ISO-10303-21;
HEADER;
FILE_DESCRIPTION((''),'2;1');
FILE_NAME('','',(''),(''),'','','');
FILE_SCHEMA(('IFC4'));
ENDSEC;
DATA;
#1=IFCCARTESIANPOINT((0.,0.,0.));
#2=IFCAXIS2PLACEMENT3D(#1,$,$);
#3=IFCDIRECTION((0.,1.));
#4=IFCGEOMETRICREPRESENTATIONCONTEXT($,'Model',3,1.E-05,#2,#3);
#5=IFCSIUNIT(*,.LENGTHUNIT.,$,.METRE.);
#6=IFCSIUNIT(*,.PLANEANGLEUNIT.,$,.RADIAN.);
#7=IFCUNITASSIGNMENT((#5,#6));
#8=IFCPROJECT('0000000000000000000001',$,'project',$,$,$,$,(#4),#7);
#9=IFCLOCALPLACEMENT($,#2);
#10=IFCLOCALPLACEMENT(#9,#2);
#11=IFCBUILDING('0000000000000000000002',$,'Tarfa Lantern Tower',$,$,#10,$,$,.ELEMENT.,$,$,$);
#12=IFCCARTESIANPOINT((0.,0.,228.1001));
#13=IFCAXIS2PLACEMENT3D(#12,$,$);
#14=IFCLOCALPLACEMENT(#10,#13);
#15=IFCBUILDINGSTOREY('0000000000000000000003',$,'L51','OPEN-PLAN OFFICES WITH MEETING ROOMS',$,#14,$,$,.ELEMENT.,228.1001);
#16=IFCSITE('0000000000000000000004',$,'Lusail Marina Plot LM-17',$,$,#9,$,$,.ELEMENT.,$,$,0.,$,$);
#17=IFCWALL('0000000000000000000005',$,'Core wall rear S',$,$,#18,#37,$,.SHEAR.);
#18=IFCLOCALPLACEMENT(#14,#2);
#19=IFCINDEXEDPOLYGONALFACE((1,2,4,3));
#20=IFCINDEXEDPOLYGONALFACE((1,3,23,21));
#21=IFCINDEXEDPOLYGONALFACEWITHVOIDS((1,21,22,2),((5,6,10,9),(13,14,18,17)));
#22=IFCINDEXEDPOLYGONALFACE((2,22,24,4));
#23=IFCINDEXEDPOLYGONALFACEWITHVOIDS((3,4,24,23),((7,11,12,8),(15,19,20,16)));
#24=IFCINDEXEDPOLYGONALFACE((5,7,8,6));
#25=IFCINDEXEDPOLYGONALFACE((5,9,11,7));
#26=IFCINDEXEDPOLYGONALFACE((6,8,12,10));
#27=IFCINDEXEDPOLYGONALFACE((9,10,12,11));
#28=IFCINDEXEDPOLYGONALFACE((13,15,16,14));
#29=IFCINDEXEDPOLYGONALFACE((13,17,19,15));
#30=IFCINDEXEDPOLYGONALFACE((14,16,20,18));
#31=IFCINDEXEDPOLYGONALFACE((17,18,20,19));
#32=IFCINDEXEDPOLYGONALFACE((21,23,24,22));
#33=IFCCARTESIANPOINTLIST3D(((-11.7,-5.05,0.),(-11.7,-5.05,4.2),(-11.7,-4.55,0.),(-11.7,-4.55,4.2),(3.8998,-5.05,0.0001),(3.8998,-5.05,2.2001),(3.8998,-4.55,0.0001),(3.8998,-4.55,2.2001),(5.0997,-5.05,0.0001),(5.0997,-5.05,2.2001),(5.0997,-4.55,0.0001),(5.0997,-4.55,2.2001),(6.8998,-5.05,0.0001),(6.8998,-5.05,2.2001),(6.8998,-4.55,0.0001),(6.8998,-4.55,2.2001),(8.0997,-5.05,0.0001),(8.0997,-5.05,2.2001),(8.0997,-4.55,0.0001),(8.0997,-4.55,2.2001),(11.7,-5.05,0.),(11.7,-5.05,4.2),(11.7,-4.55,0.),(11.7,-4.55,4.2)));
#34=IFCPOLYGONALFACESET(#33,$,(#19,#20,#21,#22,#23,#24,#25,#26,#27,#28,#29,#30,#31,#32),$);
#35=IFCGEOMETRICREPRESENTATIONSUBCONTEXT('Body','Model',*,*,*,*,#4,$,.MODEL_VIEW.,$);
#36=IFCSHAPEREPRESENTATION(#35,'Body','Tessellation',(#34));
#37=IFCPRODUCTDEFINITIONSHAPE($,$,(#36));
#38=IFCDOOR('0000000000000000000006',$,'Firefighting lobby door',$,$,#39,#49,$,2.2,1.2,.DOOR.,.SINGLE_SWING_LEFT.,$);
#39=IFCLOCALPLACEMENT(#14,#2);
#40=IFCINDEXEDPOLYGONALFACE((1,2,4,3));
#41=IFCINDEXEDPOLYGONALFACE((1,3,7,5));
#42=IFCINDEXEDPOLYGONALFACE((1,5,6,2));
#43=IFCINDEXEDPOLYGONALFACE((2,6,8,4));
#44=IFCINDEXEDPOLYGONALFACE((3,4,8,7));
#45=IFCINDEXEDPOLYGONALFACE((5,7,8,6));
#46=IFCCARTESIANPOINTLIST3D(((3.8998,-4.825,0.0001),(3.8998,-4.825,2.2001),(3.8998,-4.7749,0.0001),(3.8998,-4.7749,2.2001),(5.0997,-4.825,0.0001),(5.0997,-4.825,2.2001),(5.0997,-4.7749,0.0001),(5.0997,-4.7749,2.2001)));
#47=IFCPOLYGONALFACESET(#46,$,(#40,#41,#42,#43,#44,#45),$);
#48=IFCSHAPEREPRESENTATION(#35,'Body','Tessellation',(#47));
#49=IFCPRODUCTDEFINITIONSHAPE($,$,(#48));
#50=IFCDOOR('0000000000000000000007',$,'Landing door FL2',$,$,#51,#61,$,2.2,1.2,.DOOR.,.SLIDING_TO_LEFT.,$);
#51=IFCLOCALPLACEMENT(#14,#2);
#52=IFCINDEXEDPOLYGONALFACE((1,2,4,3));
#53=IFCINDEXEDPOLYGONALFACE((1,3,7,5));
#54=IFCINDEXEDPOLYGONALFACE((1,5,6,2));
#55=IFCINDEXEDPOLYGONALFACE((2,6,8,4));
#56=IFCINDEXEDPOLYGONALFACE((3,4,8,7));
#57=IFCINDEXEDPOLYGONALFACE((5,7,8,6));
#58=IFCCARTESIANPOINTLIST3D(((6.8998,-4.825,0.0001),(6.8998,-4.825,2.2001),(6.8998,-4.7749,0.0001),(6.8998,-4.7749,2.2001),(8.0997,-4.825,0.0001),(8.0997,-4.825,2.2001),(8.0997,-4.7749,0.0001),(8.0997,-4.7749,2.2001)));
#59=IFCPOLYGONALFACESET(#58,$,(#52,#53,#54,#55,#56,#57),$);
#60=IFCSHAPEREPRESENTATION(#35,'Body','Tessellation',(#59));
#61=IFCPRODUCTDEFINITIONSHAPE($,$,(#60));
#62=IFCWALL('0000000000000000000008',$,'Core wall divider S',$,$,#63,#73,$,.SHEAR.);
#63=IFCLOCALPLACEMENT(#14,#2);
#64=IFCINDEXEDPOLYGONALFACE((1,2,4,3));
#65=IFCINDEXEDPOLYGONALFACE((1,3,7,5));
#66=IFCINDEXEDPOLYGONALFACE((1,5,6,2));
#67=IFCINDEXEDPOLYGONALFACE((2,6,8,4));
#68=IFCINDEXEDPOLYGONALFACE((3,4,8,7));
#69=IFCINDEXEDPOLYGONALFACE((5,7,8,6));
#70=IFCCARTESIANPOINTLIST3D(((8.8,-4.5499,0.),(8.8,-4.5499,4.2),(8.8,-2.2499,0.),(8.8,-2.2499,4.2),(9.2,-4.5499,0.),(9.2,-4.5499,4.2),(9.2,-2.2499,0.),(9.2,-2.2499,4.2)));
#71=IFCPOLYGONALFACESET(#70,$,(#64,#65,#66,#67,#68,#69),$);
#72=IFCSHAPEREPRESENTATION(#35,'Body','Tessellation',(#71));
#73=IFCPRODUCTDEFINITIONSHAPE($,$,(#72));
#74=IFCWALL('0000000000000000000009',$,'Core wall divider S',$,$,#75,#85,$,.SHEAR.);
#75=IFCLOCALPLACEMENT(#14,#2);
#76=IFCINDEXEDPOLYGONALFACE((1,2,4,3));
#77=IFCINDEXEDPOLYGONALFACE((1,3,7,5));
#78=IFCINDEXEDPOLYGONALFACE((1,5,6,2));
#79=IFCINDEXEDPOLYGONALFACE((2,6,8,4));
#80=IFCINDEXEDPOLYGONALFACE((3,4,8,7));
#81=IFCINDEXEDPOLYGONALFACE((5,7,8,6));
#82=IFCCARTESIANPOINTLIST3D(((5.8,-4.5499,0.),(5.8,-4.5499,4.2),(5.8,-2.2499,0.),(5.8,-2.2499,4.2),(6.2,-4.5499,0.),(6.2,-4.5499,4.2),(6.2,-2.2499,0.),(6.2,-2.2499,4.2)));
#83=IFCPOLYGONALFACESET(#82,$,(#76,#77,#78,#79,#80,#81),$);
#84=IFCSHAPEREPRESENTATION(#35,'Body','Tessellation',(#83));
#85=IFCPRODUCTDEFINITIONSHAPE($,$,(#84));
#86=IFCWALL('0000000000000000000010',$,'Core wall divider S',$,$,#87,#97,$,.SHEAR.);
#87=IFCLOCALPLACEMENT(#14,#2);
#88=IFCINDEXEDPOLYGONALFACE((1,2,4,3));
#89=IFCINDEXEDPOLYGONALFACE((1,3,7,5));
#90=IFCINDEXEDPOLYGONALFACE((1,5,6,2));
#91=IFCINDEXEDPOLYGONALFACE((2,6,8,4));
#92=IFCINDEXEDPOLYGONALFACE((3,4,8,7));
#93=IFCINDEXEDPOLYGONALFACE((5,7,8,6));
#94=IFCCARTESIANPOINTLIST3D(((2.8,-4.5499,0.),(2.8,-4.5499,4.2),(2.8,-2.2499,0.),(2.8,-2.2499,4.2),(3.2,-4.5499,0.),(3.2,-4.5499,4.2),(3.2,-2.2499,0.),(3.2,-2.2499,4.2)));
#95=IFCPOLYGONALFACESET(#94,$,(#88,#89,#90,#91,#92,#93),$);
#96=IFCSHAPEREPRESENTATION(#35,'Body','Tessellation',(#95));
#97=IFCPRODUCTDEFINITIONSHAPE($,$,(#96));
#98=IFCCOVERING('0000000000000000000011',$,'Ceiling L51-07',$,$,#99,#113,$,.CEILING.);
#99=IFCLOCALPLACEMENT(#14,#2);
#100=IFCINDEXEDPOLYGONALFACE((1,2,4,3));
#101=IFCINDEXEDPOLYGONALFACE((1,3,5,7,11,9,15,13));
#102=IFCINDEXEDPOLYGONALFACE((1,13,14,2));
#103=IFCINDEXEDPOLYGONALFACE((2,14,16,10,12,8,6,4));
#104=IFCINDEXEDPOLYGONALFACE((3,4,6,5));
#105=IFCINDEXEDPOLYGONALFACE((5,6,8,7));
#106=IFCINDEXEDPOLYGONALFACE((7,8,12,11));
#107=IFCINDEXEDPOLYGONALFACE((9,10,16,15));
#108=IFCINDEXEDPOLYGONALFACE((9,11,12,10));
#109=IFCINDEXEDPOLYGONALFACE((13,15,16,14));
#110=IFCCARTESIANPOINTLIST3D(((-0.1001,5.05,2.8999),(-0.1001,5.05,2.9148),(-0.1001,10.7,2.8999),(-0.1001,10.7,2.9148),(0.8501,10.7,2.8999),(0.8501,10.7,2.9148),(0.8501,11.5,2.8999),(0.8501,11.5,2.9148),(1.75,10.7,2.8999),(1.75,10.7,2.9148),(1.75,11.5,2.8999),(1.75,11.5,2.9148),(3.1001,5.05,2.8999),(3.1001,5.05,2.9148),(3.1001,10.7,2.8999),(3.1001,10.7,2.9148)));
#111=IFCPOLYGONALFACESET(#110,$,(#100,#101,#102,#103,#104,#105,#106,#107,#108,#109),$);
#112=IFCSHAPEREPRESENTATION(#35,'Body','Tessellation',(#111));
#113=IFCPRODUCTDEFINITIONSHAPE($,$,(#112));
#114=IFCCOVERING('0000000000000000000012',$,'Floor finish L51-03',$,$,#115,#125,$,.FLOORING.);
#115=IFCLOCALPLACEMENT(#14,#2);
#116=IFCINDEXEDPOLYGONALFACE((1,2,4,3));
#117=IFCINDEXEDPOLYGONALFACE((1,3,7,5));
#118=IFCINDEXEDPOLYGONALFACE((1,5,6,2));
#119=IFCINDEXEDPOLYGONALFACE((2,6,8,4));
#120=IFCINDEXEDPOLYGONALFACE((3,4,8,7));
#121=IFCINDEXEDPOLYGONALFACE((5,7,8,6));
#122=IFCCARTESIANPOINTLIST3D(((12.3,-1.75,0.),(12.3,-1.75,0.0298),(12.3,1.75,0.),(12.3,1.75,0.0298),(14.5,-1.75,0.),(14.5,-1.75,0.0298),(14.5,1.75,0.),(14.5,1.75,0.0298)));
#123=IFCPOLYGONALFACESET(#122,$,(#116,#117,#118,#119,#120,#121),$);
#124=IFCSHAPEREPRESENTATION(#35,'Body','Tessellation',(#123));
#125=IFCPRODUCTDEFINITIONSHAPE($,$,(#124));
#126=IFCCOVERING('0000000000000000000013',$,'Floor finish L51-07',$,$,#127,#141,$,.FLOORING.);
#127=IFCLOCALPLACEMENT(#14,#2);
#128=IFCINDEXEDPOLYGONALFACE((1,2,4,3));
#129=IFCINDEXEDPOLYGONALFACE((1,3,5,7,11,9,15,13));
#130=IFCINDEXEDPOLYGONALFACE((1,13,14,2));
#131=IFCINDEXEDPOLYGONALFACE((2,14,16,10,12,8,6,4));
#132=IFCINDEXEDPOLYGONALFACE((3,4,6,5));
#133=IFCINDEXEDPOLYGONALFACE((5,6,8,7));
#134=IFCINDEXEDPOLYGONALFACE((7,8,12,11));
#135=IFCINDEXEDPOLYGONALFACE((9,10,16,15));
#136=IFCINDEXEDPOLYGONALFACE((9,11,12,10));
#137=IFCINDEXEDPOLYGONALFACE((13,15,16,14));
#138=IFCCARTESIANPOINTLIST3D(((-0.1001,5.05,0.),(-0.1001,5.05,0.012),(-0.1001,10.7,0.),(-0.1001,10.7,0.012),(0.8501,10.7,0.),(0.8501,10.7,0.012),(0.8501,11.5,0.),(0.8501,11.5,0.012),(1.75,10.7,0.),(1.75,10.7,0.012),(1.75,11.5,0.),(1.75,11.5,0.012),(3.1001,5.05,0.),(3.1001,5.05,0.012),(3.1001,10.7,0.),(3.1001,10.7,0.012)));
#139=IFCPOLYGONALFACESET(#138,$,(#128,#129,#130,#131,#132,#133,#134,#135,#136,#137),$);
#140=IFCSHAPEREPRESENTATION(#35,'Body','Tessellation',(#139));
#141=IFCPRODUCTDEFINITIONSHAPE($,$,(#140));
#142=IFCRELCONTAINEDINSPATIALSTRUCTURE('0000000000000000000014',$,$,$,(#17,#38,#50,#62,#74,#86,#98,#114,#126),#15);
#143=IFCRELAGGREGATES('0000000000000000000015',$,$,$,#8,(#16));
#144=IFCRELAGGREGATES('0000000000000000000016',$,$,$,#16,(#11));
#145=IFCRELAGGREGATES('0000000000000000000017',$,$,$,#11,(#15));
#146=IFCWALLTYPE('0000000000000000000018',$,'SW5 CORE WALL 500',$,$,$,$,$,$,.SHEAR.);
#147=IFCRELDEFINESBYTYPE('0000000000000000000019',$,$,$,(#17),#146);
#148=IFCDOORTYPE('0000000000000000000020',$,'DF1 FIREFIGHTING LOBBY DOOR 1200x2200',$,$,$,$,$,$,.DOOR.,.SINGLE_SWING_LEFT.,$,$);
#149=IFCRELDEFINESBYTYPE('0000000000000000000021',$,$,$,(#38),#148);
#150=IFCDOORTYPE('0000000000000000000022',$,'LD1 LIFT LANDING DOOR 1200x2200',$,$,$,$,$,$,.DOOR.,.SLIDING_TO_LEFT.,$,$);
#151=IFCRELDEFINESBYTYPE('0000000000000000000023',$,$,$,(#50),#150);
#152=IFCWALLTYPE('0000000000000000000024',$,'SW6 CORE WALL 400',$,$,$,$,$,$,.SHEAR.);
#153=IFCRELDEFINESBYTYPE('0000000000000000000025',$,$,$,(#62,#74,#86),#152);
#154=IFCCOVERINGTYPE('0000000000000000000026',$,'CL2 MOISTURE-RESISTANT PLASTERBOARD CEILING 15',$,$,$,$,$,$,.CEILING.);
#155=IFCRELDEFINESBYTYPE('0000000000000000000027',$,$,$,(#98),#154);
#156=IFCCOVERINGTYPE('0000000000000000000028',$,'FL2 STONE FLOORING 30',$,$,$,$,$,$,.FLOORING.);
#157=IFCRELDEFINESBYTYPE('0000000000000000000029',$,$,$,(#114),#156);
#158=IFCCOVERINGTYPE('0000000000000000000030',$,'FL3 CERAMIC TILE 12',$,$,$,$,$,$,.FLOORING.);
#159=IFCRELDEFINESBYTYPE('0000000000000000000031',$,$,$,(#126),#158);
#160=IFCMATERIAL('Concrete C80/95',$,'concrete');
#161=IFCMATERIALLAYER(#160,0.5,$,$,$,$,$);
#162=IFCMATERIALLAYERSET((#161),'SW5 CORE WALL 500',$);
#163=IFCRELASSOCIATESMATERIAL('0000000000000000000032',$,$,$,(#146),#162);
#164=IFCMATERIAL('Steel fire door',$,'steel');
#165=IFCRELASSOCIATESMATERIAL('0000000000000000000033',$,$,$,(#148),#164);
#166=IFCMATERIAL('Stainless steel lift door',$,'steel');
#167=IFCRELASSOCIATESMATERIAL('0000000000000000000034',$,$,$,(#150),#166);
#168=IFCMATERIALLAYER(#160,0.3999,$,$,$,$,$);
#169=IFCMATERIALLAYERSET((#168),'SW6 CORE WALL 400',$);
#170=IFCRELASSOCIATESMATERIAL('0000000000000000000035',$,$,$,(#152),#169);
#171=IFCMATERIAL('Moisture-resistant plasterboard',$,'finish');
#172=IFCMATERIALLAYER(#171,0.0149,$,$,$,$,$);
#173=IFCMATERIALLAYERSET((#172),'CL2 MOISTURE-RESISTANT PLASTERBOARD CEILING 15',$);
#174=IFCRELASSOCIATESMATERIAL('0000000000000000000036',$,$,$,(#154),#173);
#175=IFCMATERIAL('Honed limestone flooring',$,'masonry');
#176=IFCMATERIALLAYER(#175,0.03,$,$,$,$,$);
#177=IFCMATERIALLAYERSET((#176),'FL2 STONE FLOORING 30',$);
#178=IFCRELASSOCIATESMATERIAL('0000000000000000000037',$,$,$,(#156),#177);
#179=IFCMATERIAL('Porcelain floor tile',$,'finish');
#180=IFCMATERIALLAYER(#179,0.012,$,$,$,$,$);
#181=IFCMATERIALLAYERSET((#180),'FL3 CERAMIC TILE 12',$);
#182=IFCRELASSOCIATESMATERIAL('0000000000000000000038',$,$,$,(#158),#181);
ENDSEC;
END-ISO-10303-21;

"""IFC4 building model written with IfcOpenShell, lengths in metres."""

from ifc_helpers import new_model, si_unit, direction, frame, frame_2d, origin, place, context, subcontext, project, spatial, polyline, rectangle, outline, extrude, material, layer, layer_set, type_object, element, fill, save


model = new_model("IFC4")

# Units and contexts
model_context = context("Model", 3, precision=1e-05, world=origin(), true_north=direction((0.0, 1.0)))
body_context = subcontext(model_context, "Body", "Model", "MODEL_VIEW")
ifc_project = project(units=[si_unit("LENGTHUNIT", "METRE"), si_unit("PLANEANGLEUNIT", "RADIAN")], contexts=[model_context])

# Site, building, storey
site_placement = place(None, origin())
site = spatial("IfcSite", under=ifc_project, at=site_placement, Name="Lusail Marina Plot LM-17", CompositionType="ELEMENT", RefElevation=0.0)
building_placement = place(site_placement, origin())
building = spatial("IfcBuilding", under=site, at=building_placement, Name="Tarfa Lantern Tower", CompositionType="ELEMENT")
storey_placement = place(building_placement, frame((0.0, 0.0, 228.1001)))
storey = spatial("IfcBuildingStorey", under=building, at=storey_placement, Name="L51", Description="OPEN-PLAN OFFICES WITH MEETING ROOMS", CompositionType="ELEMENT", Elevation=228.1001)

# Shared definitions
ifc_material_1 = material(Name="Concrete C80/95", Category="concrete")
ifc_layer_1 = layer(ifc_material_1, 0.5)
ifc_layer_set_1 = layer_set([ifc_layer_1], Name="SW5 CORE WALL 500")
wall_type_1 = type_object("IfcWallType", Name="SW5 CORE WALL 500", PredefinedType="SHEAR", material=ifc_layer_set_1)

# Wall, openings, doors
ifc_material_2 = material(Name="Stainless steel lift door", Category="steel")
wall_1_placement = place(storey_placement, frame((11.7, -4.8, 0.0), z_axis=(0.0, 0.0, 1.0), x_axis=(-1.0, 0.0, 0.0)))
wall_1 = element("IfcWall", 1, at=wall_1_placement, inside=storey, type_object=wall_type_1, Name="Core wall rear S", PredefinedType="SHEAR", context=body_context, shape_type="SweptSolid", body=[
    extrude(rectangle(XDim=23.3999, YDim=0.5, at=frame_2d((11.7, 0.0))), origin(), (0.0, 0.0, 1.0), 4.2),
])
opening_1_placement = place(wall_1_placement, frame((6.6001, 0.0, 0.0)))
opening_1 = element("IfcOpeningElement", 2, at=opening_1_placement, cuts=wall_1, PredefinedType="OPENING", context=body_context, shape_type="SweptSolid", body=[
    extrude(rectangle(XDim=1.2, YDim=2.2, at=frame_2d((0.6001, 1.1001))), frame((0.0, 0.26, 0.0), z_axis=(0.0, -1.0, 0.0), x_axis=(1.0, 0.0, 0.0)), (0.0, 0.0, 1.0), 0.52),
])
opening_2_placement = place(wall_1_placement, frame((3.6001, 0.0, 0.0)))
opening_2 = element("IfcOpeningElement", 3, at=opening_2_placement, cuts=wall_1, PredefinedType="OPENING", context=body_context, shape_type="SweptSolid", body=[
    extrude(rectangle(XDim=1.2, YDim=2.2, at=frame_2d((0.6001, 1.1001))), frame((0.0, 0.26, 0.0), z_axis=(0.0, -1.0, 0.0), x_axis=(1.0, 0.0, 0.0)), (0.0, 0.0, 1.0), 0.52),
])
ifc_material_3 = material(Name="Steel fire door", Category="steel")
door_type_1 = type_object("IfcDoorType", Name="DF1 FIREFIGHTING LOBBY DOOR 1200x2200", OperationType="SINGLE_SWING_LEFT", PredefinedType="DOOR", material=ifc_material_3)
door_1_placement = place(opening_1_placement, origin())
door_1 = element("IfcDoor", 4, at=door_1_placement, inside=storey, type_object=door_type_1, Name="Firefighting lobby door", OperationType="SINGLE_SWING_LEFT", OverallHeight=2.2, OverallWidth=1.2, PredefinedType="DOOR", context=body_context, shape_type="SweptSolid", body=[
    extrude(rectangle(XDim=1.2, YDim=2.2, at=frame_2d((0.6001, 1.1001))), frame((0.0, 0.0249, 0.0), z_axis=(0.0, -1.0, 0.0), x_axis=(1.0, 0.0, 0.0)), (0.0, 0.0, 1.0), 0.05),
])
fill(opening_1, door_1)
door_type_2 = type_object("IfcDoorType", Name="LD1 LIFT LANDING DOOR 1200x2200", OperationType="SLIDING_TO_LEFT", PredefinedType="DOOR", material=ifc_material_2)
door_2_placement = place(opening_2_placement, origin())
door_2 = element("IfcDoor", 5, at=door_2_placement, inside=storey, type_object=door_type_2, Name="Landing door FL2", OperationType="SLIDING_TO_LEFT", OverallHeight=2.2, OverallWidth=1.2, PredefinedType="DOOR", context=body_context, shape_type="SweptSolid", body=[
    extrude(rectangle(XDim=1.2, YDim=2.2, at=frame_2d((0.6001, 1.1001))), frame((0.0, 0.0249, 0.0), z_axis=(0.0, -1.0, 0.0), x_axis=(1.0, 0.0, 0.0)), (0.0, 0.0, 1.0), 0.05),
])
fill(opening_2, door_2)

# Walls
ifc_layer_2 = layer(ifc_material_1, 0.3999)
ifc_layer_set_2 = layer_set([ifc_layer_2], Name="SW6 CORE WALL 400")
wall_type_2 = type_object("IfcWallType", Name="SW6 CORE WALL 400", PredefinedType="SHEAR", material=ifc_layer_set_2)
for number, where, z_axis, x_axis, name in (
    (6, (9.0, -2.25, 0.0), (0.0, 0.0, 1.0), (0.0, -1.0, 0.0), "Core wall divider S"),
    (7, (6.0, -2.25, 0.0), (0.0, 0.0, 1.0), (0.0, -1.0, 0.0), "Core wall divider S"),
    (8, (3.0, -2.25, 0.0), (0.0, 0.0, 1.0), (0.0, -1.0, 0.0), "Core wall divider S"),
):
    element("IfcWall", number, at=place(storey_placement, frame(where, z_axis=z_axis, x_axis=x_axis)), inside=storey, type_object=wall_type_2, Name=name, PredefinedType="SHEAR", context=body_context, shape_type="SweptSolid", body=[
        extrude(rectangle(XDim=2.3, YDim=0.3999, at=frame_2d((1.1499, 0.0))), origin(), (0.0, 0.0, 1.0), 4.2),
    ])

# Coverings
ifc_material_4 = material(Name="Moisture-resistant plasterboard", Category="finish")
ifc_layer_3 = layer(ifc_material_4, 0.0149)
ifc_layer_set_3 = layer_set([ifc_layer_3], Name="CL2 MOISTURE-RESISTANT PLASTERBOARD CEILING 15")
covering_type_1 = type_object("IfcCoveringType", Name="CL2 MOISTURE-RESISTANT PLASTERBOARD CEILING 15", PredefinedType="CEILING", material=ifc_layer_set_3)
covering_1_placement = place(storey_placement, frame((0.0, 0.0, 2.8999)))
element("IfcCovering", 9, at=covering_1_placement, inside=storey, type_object=covering_type_1, Name="Ceiling L51-07", PredefinedType="CEILING", context=body_context, shape_type="SweptSolid", body=[
    extrude(outline(polyline([(0.8501, 10.7), (-0.1001, 10.7), (-0.1001, 5.05), (3.1001, 5.05), (3.1001, 10.7), (1.75, 10.7), (1.75, 11.5), (0.8501, 11.5), (0.8501, 10.7)])), origin(), (0.0, 0.0, 1.0), 0.0149),
])
ifc_material_5 = material(Name="Honed limestone flooring", Category="masonry")
ifc_layer_4 = layer(ifc_material_5, 0.03)
ifc_layer_set_4 = layer_set([ifc_layer_4], Name="FL2 STONE FLOORING 30")
covering_type_2 = type_object("IfcCoveringType", Name="FL2 STONE FLOORING 30", PredefinedType="FLOORING", material=ifc_layer_set_4)
covering_2_placement = place(storey_placement, origin())
element("IfcCovering", 10, at=covering_2_placement, inside=storey, type_object=covering_type_2, Name="Floor finish L51-03", PredefinedType="FLOORING", context=body_context, shape_type="SweptSolid", body=[
    extrude(outline(polyline([(12.3, -1.75), (14.5, -1.75), (14.5, 1.75), (12.3, 1.75), (12.3, -1.75)])), origin(), (0.0, 0.0, 1.0), 0.0298),
])
ifc_material_6 = material(Name="Porcelain floor tile", Category="finish")
ifc_layer_5 = layer(ifc_material_6, 0.012)
ifc_layer_set_5 = layer_set([ifc_layer_5], Name="FL3 CERAMIC TILE 12")
covering_type_3 = type_object("IfcCoveringType", Name="FL3 CERAMIC TILE 12", PredefinedType="FLOORING", material=ifc_layer_set_5)
covering_3_placement = place(storey_placement, origin())
element("IfcCovering", 11, at=covering_3_placement, inside=storey, type_object=covering_type_3, Name="Floor finish L51-07", PredefinedType="FLOORING", context=body_context, shape_type="SweptSolid", body=[
    extrude(outline(polyline([(0.8501, 10.7), (-0.1001, 10.7), (-0.1001, 5.05), (3.1001, 5.05), (3.1001, 10.7), (1.75, 10.7), (1.75, 11.5), (0.8501, 11.5), (0.8501, 10.7)])), origin(), (0.0, 0.0, 1.0), 0.012),
])

save(model, "model.ifc")
